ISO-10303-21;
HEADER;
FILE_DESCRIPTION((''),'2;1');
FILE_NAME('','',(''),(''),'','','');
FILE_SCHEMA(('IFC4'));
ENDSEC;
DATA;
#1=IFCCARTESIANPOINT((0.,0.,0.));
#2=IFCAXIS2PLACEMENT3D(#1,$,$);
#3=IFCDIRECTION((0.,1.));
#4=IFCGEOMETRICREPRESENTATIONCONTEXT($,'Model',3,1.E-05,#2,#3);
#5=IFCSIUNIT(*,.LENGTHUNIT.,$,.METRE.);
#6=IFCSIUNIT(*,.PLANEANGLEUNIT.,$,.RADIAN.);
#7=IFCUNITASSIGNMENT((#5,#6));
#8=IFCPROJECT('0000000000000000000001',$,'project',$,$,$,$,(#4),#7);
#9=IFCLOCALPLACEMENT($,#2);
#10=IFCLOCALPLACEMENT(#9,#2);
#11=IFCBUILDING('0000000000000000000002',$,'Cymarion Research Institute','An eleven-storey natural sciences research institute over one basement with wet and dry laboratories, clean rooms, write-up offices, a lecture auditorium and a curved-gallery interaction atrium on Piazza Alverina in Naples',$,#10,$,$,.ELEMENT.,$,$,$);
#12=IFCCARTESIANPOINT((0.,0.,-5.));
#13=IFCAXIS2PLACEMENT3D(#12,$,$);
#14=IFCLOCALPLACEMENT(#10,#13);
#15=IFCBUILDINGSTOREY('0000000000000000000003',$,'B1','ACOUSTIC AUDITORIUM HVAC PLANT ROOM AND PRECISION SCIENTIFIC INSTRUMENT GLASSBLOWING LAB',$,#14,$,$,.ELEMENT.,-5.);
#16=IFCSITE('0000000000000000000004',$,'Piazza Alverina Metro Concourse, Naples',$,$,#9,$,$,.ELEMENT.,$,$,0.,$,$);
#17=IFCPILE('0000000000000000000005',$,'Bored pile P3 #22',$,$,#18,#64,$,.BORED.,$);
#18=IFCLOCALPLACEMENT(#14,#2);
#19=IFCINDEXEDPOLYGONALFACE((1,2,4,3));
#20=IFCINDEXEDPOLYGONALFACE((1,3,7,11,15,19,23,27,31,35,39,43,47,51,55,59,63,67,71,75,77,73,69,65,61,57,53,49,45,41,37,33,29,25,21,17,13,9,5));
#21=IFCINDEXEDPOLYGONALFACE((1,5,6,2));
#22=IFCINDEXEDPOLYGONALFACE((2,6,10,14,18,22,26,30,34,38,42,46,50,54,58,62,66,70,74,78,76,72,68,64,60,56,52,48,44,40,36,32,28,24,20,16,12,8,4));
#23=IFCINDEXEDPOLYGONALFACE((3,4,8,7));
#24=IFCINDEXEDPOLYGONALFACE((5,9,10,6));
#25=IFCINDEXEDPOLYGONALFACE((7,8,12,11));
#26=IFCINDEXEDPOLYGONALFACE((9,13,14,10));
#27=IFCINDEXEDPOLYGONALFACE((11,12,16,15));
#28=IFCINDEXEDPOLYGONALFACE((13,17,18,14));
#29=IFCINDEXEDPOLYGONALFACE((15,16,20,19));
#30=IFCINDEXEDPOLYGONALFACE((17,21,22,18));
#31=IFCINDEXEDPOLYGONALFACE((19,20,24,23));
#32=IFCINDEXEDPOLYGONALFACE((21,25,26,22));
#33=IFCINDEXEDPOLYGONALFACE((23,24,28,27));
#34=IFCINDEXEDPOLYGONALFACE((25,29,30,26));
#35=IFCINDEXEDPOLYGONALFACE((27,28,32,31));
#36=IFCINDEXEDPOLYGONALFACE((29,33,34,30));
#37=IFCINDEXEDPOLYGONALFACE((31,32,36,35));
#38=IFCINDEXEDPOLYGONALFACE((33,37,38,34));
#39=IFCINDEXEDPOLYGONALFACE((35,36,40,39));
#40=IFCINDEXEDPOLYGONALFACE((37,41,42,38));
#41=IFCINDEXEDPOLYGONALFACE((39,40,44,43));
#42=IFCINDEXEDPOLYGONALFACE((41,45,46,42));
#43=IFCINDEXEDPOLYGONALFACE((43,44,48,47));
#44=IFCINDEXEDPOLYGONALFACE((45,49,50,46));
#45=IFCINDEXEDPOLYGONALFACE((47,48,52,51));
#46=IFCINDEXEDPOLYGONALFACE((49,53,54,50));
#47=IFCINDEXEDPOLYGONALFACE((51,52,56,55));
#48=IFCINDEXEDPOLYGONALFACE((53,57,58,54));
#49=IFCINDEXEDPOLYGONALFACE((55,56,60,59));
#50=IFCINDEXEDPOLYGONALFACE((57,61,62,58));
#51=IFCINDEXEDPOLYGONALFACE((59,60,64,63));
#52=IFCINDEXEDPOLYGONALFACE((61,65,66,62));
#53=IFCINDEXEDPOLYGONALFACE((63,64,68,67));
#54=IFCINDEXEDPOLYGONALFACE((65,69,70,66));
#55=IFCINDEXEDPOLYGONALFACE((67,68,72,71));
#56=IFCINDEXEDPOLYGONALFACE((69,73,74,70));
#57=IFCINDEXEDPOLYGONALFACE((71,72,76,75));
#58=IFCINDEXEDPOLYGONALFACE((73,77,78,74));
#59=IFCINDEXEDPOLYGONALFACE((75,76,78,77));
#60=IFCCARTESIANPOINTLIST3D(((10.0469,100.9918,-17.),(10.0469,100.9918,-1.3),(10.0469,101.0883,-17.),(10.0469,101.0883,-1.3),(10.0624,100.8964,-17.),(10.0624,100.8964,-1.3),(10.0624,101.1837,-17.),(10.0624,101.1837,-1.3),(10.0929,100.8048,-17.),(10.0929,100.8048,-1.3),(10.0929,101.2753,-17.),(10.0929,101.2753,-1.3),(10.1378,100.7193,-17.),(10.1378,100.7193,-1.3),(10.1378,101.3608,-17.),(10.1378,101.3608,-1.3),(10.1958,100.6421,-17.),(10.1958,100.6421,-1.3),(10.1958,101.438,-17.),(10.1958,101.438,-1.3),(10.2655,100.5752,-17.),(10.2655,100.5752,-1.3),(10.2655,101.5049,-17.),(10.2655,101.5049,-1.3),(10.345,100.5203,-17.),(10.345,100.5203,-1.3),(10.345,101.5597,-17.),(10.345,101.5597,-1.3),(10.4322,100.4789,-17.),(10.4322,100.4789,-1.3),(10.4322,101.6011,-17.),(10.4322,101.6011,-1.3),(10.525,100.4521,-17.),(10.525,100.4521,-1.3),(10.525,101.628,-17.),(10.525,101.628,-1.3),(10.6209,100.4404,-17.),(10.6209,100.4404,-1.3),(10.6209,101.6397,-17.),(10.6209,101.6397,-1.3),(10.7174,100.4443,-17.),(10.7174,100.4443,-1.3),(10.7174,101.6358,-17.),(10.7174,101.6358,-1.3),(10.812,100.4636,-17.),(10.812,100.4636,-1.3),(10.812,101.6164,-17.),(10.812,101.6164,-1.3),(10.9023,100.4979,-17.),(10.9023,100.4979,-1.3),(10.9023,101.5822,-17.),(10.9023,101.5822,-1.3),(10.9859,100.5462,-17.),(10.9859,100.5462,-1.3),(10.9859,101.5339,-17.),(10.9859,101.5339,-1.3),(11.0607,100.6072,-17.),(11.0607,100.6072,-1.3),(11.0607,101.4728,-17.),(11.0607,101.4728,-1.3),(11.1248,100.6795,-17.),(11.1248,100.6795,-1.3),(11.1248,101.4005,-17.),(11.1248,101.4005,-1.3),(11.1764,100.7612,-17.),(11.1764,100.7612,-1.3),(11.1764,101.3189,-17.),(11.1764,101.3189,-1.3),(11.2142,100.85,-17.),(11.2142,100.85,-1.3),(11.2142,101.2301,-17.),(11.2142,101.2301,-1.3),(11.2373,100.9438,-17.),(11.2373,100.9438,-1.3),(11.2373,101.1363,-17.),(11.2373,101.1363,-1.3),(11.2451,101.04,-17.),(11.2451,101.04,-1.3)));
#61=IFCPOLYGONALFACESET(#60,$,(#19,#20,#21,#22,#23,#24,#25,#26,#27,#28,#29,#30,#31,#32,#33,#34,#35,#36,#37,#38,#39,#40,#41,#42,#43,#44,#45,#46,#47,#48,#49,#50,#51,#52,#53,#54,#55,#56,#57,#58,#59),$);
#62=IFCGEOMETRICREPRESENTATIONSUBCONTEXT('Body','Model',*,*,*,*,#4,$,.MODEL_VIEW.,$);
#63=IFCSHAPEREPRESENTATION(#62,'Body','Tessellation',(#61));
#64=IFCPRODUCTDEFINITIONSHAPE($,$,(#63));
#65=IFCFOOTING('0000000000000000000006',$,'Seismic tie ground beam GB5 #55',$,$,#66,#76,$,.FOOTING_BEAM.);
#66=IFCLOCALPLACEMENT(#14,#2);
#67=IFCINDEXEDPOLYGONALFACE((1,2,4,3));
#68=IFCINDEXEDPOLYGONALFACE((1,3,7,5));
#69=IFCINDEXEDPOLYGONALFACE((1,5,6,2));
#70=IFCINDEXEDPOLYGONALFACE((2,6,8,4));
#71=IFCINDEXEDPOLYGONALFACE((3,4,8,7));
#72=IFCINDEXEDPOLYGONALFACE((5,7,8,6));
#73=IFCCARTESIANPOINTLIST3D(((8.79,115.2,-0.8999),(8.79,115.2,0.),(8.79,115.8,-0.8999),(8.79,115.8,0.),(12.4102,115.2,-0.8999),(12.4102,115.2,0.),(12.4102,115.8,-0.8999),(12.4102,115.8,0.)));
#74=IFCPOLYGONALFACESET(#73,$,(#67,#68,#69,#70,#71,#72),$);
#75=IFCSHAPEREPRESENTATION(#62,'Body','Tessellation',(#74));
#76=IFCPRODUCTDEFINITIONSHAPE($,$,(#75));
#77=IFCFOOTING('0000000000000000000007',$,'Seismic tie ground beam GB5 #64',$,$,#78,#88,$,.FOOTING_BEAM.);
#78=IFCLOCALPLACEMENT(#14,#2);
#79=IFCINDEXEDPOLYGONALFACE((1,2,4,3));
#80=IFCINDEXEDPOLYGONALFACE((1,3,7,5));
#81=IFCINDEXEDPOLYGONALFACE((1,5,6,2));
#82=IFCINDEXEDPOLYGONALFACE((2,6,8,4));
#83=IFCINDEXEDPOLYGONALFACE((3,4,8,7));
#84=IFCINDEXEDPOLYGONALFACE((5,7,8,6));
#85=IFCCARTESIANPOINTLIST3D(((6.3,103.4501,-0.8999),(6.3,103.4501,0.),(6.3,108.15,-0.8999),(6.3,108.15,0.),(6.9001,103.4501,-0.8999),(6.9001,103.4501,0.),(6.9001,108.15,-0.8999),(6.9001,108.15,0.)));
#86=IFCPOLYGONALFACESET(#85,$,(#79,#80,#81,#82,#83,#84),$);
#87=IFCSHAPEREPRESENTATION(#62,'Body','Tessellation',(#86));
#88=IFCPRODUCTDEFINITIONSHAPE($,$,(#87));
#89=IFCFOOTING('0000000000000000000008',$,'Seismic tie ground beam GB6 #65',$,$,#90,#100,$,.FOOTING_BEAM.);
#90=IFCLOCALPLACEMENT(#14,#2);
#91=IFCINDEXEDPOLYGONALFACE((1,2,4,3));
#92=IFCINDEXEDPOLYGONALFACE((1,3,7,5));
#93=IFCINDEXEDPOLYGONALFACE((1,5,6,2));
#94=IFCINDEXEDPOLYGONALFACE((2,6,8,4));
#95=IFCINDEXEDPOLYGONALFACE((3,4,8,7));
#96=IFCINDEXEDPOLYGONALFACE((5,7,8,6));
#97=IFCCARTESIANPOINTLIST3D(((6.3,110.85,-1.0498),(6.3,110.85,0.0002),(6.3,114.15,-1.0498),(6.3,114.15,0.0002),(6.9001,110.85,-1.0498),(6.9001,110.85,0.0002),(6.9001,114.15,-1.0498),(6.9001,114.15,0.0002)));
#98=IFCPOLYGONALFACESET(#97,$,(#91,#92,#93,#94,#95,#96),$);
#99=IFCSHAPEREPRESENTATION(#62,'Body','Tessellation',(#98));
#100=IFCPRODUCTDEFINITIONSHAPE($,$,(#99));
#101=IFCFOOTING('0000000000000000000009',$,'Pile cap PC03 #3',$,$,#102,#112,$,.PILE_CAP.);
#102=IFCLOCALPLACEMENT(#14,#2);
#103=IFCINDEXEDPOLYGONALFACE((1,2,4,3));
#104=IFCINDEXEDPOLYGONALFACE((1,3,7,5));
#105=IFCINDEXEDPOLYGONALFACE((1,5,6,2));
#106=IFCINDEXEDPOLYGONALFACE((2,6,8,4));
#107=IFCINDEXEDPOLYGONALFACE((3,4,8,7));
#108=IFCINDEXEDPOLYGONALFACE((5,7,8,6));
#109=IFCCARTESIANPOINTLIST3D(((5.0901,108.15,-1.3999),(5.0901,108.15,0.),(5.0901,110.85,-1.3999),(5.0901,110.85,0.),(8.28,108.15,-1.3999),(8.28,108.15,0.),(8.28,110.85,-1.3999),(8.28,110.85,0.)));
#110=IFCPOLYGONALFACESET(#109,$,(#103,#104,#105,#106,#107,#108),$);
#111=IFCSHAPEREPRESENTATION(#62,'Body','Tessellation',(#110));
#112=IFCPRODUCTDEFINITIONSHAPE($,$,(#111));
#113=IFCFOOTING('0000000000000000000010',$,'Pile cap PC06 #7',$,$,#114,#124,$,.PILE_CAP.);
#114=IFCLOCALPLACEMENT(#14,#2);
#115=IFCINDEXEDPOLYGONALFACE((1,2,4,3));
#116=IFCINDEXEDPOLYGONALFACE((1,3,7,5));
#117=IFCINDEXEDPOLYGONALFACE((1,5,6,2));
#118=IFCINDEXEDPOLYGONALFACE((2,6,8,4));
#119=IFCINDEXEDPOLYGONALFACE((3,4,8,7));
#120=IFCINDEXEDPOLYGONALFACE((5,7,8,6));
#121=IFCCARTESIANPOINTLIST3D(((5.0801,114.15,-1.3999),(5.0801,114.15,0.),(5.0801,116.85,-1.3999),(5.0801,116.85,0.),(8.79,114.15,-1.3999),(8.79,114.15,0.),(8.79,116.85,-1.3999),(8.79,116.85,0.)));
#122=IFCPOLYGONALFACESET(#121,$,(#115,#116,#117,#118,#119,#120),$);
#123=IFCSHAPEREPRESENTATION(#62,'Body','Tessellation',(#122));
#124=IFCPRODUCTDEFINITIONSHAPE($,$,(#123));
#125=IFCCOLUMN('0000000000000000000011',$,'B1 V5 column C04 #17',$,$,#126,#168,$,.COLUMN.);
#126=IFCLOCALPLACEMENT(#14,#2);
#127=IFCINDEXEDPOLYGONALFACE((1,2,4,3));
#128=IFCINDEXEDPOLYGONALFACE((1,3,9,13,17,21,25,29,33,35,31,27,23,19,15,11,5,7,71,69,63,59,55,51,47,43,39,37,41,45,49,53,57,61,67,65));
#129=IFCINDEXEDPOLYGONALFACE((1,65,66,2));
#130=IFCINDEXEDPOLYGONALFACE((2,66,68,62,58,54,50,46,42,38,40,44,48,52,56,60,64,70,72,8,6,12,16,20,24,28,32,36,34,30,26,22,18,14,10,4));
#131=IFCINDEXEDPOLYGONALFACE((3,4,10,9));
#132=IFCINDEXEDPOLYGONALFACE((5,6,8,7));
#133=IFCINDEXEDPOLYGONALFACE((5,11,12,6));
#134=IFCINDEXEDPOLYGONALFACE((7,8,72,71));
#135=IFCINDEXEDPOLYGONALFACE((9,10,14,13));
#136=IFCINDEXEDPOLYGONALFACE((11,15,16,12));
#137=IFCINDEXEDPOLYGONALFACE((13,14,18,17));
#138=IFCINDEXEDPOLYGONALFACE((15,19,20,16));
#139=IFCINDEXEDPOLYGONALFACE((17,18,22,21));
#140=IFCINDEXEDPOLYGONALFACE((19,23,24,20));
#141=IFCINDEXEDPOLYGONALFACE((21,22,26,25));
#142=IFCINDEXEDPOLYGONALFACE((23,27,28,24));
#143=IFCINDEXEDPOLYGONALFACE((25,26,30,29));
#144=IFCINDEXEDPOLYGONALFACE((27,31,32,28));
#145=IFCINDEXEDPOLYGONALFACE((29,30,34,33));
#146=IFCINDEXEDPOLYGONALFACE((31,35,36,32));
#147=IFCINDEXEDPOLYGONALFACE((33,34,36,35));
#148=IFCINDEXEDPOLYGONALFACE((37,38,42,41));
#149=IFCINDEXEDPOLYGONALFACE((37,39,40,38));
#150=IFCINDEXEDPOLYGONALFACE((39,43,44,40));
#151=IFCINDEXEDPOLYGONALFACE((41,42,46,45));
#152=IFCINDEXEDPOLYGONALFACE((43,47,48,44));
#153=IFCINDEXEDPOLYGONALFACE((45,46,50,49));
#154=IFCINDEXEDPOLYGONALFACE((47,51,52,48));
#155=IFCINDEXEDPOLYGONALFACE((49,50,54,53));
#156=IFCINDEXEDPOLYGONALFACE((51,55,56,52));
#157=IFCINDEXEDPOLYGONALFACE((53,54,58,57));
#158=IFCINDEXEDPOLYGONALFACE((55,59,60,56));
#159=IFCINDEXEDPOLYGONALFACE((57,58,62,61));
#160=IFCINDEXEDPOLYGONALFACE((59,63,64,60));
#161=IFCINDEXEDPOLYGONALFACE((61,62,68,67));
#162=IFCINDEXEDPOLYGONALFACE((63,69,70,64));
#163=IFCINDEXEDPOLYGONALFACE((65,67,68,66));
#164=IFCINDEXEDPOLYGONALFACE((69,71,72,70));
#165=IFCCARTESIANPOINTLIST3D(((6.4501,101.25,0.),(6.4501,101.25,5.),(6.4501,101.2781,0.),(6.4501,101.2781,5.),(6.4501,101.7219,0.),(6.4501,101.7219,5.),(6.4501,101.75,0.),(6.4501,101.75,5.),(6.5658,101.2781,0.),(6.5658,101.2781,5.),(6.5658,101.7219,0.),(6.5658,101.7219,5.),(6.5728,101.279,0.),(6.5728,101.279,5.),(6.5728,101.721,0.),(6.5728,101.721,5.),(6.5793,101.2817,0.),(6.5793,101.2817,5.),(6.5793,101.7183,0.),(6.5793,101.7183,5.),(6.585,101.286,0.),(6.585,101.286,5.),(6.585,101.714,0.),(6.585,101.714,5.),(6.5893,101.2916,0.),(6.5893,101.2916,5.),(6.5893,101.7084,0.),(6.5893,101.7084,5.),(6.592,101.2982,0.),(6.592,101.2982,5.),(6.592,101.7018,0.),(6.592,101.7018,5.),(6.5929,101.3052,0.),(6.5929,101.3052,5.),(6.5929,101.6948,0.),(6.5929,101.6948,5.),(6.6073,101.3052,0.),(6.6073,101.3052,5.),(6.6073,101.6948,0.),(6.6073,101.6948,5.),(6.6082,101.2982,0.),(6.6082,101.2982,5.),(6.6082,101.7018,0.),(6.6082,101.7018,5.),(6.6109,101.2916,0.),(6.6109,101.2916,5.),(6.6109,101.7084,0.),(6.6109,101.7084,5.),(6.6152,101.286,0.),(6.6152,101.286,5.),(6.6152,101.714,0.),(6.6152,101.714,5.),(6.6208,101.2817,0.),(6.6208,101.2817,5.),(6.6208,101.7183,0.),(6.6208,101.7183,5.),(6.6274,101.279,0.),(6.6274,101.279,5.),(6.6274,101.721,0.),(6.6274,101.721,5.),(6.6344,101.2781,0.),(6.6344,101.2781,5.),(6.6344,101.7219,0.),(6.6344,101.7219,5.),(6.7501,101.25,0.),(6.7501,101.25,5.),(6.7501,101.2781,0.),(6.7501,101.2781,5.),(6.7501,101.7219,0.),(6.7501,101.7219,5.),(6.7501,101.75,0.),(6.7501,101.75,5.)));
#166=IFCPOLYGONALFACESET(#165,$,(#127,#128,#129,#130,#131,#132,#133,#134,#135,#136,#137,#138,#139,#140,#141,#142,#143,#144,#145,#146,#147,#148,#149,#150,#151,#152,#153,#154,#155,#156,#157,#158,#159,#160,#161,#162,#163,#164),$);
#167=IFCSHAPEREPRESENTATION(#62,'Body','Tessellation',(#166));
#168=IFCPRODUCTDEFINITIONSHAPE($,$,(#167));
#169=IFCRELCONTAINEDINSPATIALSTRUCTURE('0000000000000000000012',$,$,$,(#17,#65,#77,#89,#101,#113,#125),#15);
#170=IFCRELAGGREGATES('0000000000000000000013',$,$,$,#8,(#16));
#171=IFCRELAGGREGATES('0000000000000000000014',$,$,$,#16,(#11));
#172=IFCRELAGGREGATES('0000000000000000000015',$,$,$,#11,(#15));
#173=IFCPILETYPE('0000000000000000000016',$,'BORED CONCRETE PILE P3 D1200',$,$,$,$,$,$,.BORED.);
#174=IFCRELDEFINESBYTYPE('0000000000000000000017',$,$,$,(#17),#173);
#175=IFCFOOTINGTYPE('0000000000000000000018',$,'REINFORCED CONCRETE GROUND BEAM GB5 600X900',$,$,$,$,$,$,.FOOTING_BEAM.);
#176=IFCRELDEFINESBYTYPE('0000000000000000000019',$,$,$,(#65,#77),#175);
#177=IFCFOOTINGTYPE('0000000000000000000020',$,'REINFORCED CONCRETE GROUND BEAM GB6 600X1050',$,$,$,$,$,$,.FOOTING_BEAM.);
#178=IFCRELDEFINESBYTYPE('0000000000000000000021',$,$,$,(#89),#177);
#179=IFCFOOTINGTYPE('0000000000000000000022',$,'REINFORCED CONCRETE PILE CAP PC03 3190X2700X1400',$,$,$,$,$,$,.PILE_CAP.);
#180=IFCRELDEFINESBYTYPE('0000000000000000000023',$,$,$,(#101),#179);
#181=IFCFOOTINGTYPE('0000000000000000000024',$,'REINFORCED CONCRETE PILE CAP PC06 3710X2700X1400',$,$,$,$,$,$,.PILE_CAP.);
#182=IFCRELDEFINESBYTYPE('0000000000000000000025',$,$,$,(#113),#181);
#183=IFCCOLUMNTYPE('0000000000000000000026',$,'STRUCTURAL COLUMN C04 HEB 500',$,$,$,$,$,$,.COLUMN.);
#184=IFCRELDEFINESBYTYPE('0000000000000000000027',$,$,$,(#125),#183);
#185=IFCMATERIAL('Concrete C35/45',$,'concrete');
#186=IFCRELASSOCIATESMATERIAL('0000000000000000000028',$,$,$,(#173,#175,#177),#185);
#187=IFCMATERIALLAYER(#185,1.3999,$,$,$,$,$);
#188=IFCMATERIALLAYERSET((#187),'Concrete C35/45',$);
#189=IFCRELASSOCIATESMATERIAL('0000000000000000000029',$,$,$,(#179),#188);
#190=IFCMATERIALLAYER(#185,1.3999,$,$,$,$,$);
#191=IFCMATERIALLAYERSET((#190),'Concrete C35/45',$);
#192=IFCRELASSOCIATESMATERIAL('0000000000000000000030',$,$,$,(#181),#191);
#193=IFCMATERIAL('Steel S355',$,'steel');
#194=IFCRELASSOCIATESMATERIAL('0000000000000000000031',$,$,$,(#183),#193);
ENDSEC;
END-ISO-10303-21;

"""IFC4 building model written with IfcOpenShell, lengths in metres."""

from ifc_helpers import new_model, si_unit, direction, frame, origin, origin_2d, place, context, subcontext, project, spatial, rectangle, circle, i_section, extrude, material, layer, layer_set, material_profile, profile_set, type_object, element, save


model = new_model("IFC4")

# Units and contexts
model_context = context("Model", 3, precision=1e-05, world=origin(), true_north=direction((0.0, 1.0)))
body_context = subcontext(model_context, "Body", "Model", "MODEL_VIEW")
ifc_project = project(units=[si_unit("LENGTHUNIT", "METRE"), si_unit("PLANEANGLEUNIT", "RADIAN")], contexts=[model_context])

# Site, building, storey
site_placement = place(None, origin())
site = spatial("IfcSite", under=ifc_project, at=site_placement, Name="Piazza Alverina Metro Concourse, Naples", CompositionType="ELEMENT", RefElevation=0.0)
building_placement = place(site_placement, origin())
building = spatial("IfcBuilding", under=site, at=building_placement, Name="Cymarion Research Institute", Description="An eleven-storey natural sciences research institute over one basement with wet and dry laboratories, clean rooms, write-up offices, a lecture auditorium and a curved-gallery interaction atrium on Piazza Alverina in Naples", CompositionType="ELEMENT")
storey_placement = place(building_placement, frame((0.0, 0.0, -5.0)))
storey = spatial("IfcBuildingStorey", under=building, at=storey_placement, Name="B1", Description="ACOUSTIC AUDITORIUM HVAC PLANT ROOM AND PRECISION SCIENTIFIC INSTRUMENT GLASSBLOWING LAB", CompositionType="ELEMENT", Elevation=-5.0)

# Pile
ifc_material_1 = material(Name="Concrete C35/45", Category="concrete")
ifc_material_profile_1 = material_profile(ifc_material_1, circle(Radius=0.6001, at=origin_2d()), Name="BORED PILE D1200")
ifc_profile_set_1 = profile_set([ifc_material_profile_1], Name="Concrete C35/45")
pile_type_1 = type_object("IfcPileType", Name="BORED CONCRETE PILE P3 D1200", PredefinedType="BORED", material=ifc_profile_set_1)
for number, where, z_axis, x_axis, name in (
    (1, (10.645, 101.04, -1.3), (0.0, 0.0, -1.0), (1.0, 0.0, 0.0), "Bored pile P3 #22"),
):
    element("IfcPile", number, at=place(storey_placement, frame(where, z_axis=z_axis, x_axis=x_axis)), inside=storey, type_object=pile_type_1, Name=name, PredefinedType="BORED", context=body_context, shape_type="SweptSolid", body=[
        extrude(circle(Radius=0.6001, at=origin_2d()), origin(), (0.0, 0.0, 1.0), 15.7),
    ])

# Footings
footing_type_1 = type_object("IfcFootingType", Name="REINFORCED CONCRETE GROUND BEAM GB5 600X900", PredefinedType="FOOTING_BEAM", material=ifc_material_1)
footing_1_placement = place(storey_placement, frame((10.6001, 115.5, -0.8999), z_axis=(0.0, 0.0, 1.0), x_axis=(1.0, 0.0, 0.0)))
element("IfcFooting", 2, at=footing_1_placement, inside=storey, type_object=footing_type_1, Name="Seismic tie ground beam GB5 #55", PredefinedType="FOOTING_BEAM", context=body_context, shape_type="SweptSolid", body=[
    extrude(rectangle(XDim=3.6201, YDim=0.6001, at=origin_2d()), origin(), (0.0, 0.0, 1.0), 0.8999),
])
footing_2_placement = place(storey_placement, frame((6.6001, 105.8, -0.8999), z_axis=(0.0, 0.0, 1.0), x_axis=(0.0, 1.0, 0.0)))
element("IfcFooting", 3, at=footing_2_placement, inside=storey, type_object=footing_type_1, Name="Seismic tie ground beam GB5 #64", PredefinedType="FOOTING_BEAM", context=body_context, shape_type="SweptSolid", body=[
    extrude(rectangle(XDim=4.7, YDim=0.6001, at=origin_2d()), origin(), (0.0, 0.0, 1.0), 0.8999),
])
footing_type_2 = type_object("IfcFootingType", Name="REINFORCED CONCRETE GROUND BEAM GB6 600X1050", PredefinedType="FOOTING_BEAM", material=ifc_material_1)
footing_3_placement = place(storey_placement, frame((6.6001, 112.5, -1.0498), z_axis=(0.0, 0.0, 1.0), x_axis=(0.0, 1.0, 0.0)))
element("IfcFooting", 4, at=footing_3_placement, inside=storey, type_object=footing_type_2, Name="Seismic tie ground beam GB6 #65", PredefinedType="FOOTING_BEAM", context=body_context, shape_type="SweptSolid", body=[
    extrude(rectangle(XDim=3.3, YDim=0.6001, at=origin_2d()), origin(), (0.0, 0.0, 1.0), 1.05),
])
ifc_layer_1 = layer(ifc_material_1, 1.3999)
ifc_layer_set_1 = layer_set([ifc_layer_1], Name="Concrete C35/45")
footing_type_3 = type_object("IfcFootingType", Name="REINFORCED CONCRETE PILE CAP PC03 3190X2700X1400", PredefinedType="PILE_CAP", material=ifc_layer_set_1)
footing_4_placement = place(storey_placement, frame((6.6851, 109.5, -1.3999), z_axis=(0.0, 0.0, 1.0), x_axis=(1.0, 0.0, 0.0)))
element("IfcFooting", 5, at=footing_4_placement, inside=storey, type_object=footing_type_3, Name="Pile cap PC03 #3", PredefinedType="PILE_CAP", context=body_context, shape_type="SweptSolid", body=[
    extrude(rectangle(XDim=3.1899, YDim=2.7, at=origin_2d()), origin(), (0.0, 0.0, 1.0), 1.3999),
])
ifc_layer_2 = layer(ifc_material_1, 1.3999)
ifc_layer_set_2 = layer_set([ifc_layer_2], Name="Concrete C35/45")
footing_type_4 = type_object("IfcFootingType", Name="REINFORCED CONCRETE PILE CAP PC06 3710X2700X1400", PredefinedType="PILE_CAP", material=ifc_layer_set_2)
footing_5_placement = place(storey_placement, frame((6.9351, 115.5, -1.3999), z_axis=(0.0, 0.0, 1.0), x_axis=(1.0, 0.0, 0.0)))
element("IfcFooting", 6, at=footing_5_placement, inside=storey, type_object=footing_type_4, Name="Pile cap PC06 #7", PredefinedType="PILE_CAP", context=body_context, shape_type="SweptSolid", body=[
    extrude(rectangle(XDim=3.71, YDim=2.7, at=origin_2d()), origin(), (0.0, 0.0, 1.0), 1.3999),
])

# Column
ifc_material_2 = material(Name="Steel S355", Category="steel")
ifc_material_profile_2 = material_profile(ifc_material_2, i_section(OverallWidth=0.3, OverallDepth=0.5, WebThickness=0.0144, FlangeThickness=0.0281, FilletRadius=0.0271, at=origin_2d()), Name="HEB 500")
ifc_profile_set_2 = profile_set([ifc_material_profile_2], Name="Steel S355")
column_type_1 = type_object("IfcColumnType", Name="STRUCTURAL COLUMN C04 HEB 500", PredefinedType="COLUMN", material=ifc_profile_set_2)
for number, where, z_axis, x_axis, name in (
    (7, (6.6001, 101.5, 0.0), (0.0, 0.0, 1.0), (1.0, 0.0, 0.0), "B1 V5 column C04 #17"),
):
    element("IfcColumn", number, at=place(storey_placement, frame(where, z_axis=z_axis, x_axis=x_axis)), inside=storey, type_object=column_type_1, Name=name, PredefinedType="COLUMN", context=body_context, shape_type="SweptSolid", body=[
        extrude(i_section(OverallWidth=0.3, OverallDepth=0.5, WebThickness=0.0144, FlangeThickness=0.0281, FilletRadius=0.0271, at=origin_2d()), origin(), (0.0, 0.0, 1.0), 5.0),
    ])

save(model, "model.ifc")
